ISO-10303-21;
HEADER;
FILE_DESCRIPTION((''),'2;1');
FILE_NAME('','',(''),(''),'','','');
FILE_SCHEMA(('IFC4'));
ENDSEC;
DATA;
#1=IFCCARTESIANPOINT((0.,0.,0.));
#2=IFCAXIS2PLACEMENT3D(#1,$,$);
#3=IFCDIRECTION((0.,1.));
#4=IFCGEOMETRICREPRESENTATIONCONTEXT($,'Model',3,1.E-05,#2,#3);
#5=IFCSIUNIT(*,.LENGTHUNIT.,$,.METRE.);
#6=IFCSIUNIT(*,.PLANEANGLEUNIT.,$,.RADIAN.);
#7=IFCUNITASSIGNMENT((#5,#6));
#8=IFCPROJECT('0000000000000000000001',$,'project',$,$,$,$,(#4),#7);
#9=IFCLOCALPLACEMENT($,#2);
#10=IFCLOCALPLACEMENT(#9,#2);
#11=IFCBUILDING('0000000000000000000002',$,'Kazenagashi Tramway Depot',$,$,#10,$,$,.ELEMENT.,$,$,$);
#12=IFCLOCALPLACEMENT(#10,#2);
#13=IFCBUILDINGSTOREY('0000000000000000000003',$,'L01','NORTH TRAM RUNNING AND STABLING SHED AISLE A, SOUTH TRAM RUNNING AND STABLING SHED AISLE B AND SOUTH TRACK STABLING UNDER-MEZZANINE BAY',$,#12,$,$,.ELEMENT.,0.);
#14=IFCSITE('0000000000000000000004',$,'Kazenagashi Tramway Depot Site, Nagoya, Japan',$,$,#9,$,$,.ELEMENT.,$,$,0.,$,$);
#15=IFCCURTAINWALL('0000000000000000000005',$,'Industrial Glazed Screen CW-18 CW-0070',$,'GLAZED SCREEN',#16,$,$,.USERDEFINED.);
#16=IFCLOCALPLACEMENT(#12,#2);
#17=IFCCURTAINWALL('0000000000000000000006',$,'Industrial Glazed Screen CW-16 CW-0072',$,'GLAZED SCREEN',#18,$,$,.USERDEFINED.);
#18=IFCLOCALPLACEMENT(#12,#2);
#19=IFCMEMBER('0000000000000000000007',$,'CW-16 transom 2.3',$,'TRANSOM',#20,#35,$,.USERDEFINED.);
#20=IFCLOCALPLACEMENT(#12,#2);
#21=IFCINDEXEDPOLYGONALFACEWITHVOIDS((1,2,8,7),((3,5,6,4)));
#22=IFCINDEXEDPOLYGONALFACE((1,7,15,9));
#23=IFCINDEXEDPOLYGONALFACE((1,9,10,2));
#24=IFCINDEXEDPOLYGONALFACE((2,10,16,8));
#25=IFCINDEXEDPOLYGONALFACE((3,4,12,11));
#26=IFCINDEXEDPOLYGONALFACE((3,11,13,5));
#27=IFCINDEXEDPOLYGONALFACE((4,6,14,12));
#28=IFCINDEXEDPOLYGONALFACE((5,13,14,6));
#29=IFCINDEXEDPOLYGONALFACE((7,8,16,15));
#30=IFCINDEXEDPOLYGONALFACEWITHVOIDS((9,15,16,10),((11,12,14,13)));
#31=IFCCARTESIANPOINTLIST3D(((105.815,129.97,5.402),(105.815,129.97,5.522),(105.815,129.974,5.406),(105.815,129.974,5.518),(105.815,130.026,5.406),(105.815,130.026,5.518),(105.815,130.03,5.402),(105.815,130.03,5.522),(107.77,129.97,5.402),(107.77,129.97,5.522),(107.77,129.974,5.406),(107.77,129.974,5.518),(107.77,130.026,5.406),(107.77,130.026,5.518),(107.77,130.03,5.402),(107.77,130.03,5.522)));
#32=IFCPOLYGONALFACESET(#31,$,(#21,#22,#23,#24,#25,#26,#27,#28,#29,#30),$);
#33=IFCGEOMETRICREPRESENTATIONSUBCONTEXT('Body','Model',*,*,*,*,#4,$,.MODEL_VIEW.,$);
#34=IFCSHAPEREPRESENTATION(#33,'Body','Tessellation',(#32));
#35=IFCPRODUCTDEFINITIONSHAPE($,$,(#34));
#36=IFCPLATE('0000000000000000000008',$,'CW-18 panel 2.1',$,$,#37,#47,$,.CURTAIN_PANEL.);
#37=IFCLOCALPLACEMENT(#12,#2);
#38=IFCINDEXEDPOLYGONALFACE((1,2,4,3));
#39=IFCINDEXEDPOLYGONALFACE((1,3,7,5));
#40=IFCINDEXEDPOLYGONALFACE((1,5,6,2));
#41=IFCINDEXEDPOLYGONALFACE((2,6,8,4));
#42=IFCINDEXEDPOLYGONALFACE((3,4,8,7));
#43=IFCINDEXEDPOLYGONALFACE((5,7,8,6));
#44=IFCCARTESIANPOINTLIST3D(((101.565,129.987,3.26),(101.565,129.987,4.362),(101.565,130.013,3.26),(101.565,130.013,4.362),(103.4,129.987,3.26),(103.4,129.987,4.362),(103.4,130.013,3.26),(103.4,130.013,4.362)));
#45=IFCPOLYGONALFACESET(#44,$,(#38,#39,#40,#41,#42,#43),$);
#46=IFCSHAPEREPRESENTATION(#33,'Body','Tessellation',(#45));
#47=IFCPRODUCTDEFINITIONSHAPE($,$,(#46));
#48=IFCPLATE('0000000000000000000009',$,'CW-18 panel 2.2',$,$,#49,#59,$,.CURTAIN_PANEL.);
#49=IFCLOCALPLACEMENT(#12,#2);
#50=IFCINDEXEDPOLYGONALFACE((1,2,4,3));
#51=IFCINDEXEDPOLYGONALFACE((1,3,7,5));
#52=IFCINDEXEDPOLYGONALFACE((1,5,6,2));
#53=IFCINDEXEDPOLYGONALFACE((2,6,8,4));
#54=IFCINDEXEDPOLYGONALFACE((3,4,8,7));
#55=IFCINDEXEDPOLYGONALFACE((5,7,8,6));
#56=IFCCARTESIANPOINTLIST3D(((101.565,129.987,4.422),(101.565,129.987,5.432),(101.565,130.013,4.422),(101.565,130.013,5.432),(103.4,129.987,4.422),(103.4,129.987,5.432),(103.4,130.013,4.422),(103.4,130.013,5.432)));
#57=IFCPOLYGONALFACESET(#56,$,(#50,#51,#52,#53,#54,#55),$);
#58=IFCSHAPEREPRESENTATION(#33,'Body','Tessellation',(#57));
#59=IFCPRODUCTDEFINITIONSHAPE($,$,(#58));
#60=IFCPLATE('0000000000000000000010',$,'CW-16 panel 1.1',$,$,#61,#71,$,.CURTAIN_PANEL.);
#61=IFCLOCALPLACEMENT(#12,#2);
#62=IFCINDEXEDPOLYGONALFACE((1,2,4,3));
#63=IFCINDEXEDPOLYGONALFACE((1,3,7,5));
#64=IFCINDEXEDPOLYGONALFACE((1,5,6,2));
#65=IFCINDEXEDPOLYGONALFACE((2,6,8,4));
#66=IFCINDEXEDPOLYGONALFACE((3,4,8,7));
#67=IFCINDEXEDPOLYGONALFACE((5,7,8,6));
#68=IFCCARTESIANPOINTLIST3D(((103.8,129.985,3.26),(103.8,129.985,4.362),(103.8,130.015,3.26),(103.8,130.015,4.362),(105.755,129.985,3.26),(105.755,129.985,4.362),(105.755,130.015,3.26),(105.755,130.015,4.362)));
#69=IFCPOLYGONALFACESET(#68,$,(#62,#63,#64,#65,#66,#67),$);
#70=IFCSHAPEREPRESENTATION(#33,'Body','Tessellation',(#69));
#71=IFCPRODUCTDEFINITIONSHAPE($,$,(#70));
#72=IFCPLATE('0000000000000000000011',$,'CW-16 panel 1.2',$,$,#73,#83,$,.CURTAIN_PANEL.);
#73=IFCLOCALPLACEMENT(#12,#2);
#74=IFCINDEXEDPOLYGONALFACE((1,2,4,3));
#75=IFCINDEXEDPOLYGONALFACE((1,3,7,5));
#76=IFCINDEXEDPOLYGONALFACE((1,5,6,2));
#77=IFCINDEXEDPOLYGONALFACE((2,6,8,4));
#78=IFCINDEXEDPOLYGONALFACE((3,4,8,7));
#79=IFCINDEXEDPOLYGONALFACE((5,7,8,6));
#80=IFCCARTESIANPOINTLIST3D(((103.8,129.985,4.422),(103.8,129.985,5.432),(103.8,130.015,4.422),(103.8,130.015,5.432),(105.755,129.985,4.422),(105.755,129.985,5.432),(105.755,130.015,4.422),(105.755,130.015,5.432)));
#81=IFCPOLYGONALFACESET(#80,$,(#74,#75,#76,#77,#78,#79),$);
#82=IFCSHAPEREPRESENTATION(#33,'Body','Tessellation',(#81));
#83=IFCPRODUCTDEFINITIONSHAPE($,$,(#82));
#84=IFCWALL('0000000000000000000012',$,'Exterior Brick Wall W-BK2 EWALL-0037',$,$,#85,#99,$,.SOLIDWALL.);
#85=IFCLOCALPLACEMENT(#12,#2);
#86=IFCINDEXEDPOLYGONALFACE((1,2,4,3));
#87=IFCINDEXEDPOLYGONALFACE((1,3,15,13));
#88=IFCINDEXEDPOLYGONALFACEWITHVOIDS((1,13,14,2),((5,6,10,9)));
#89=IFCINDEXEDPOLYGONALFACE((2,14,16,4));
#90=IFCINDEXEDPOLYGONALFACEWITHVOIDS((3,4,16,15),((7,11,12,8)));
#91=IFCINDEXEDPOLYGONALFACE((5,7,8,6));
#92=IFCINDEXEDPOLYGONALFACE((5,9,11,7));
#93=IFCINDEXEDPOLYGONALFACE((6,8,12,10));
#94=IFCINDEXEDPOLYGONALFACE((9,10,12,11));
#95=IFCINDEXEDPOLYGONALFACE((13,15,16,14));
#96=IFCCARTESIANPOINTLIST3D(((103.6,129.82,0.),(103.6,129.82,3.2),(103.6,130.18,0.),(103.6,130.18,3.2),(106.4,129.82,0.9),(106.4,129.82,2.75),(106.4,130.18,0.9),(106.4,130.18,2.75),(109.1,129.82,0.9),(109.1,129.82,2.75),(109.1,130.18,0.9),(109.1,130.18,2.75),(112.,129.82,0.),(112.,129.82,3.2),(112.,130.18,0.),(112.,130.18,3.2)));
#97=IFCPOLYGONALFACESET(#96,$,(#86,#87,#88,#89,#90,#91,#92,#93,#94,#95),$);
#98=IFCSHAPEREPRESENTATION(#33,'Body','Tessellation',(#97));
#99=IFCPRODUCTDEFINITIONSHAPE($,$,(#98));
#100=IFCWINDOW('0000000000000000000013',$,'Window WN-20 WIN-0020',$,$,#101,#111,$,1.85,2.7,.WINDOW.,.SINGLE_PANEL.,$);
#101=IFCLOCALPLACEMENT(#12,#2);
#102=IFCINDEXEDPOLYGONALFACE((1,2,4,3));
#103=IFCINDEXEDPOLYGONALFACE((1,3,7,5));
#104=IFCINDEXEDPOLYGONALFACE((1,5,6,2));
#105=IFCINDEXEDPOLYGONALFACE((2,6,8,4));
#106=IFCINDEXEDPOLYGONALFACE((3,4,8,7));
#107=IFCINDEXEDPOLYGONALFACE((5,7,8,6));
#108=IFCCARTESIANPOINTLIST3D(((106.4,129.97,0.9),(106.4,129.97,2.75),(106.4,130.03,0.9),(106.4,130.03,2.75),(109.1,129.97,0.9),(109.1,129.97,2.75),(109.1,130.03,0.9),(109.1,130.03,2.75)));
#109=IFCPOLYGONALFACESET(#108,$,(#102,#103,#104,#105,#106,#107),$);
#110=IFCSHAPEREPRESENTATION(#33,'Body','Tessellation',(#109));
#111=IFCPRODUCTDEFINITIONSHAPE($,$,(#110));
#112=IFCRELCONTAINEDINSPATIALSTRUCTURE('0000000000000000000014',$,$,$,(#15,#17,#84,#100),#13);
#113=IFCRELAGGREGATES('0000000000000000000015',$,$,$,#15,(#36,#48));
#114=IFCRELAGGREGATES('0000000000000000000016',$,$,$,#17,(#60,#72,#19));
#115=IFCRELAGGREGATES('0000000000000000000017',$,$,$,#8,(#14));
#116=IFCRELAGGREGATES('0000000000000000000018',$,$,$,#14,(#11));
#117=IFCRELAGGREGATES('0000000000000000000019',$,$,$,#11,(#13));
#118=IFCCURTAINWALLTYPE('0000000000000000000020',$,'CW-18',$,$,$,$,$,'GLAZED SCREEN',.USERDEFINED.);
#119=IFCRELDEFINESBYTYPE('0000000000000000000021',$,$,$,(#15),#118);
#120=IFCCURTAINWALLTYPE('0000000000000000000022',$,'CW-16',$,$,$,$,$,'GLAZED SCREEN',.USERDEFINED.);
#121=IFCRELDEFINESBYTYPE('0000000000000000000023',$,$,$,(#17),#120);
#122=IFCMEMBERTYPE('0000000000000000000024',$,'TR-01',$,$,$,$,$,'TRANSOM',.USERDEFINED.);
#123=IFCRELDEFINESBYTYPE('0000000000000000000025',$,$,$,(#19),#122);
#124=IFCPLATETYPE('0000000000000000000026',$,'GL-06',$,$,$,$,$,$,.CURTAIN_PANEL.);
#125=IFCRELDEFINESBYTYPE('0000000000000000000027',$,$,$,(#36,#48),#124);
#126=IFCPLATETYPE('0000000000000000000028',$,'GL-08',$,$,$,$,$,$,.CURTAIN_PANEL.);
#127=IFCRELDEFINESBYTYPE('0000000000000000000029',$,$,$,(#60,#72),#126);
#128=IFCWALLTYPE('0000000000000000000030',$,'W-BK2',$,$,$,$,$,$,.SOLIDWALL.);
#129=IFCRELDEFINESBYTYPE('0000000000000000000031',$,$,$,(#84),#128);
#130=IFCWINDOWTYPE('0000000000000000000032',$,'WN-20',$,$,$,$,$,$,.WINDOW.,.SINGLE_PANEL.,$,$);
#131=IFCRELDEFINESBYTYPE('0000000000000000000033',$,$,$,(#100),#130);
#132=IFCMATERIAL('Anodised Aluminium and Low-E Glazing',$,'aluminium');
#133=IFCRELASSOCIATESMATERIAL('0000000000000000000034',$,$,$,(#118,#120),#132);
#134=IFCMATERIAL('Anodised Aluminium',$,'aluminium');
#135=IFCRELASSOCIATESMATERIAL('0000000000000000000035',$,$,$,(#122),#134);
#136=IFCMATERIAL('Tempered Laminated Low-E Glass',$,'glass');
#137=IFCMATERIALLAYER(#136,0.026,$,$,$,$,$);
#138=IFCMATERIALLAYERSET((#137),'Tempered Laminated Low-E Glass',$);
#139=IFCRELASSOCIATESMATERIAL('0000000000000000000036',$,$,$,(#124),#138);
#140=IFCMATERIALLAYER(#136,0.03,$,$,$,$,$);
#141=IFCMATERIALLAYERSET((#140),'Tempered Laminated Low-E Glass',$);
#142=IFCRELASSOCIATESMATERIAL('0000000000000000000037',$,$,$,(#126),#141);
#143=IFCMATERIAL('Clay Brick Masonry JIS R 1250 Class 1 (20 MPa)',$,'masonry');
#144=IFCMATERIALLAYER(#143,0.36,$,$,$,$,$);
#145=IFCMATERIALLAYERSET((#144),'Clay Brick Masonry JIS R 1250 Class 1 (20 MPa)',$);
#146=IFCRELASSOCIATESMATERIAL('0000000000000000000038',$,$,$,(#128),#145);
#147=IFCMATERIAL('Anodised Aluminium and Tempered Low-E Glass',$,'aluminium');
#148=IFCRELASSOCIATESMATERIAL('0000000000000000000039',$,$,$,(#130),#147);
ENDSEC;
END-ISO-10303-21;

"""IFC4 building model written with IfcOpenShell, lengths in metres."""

from ifc_helpers import new_model, si_unit, direction, frame, frame_2d, origin, origin_2d, place, context, subcontext, project, spatial, rectangle, hollow_rectangle, extrude, material, layer, layer_set, material_profile, profile_set, type_object, element, fill, aggregate, save


model = new_model("IFC4")

# Units and contexts
model_context = context("Model", 3, precision=1e-05, world=origin(), true_north=direction((0.0, 1.0)))
body_context = subcontext(model_context, "Body", "Model", "MODEL_VIEW")
ifc_project = project(units=[si_unit("LENGTHUNIT", "METRE"), si_unit("PLANEANGLEUNIT", "RADIAN")], contexts=[model_context])

# Site, building, storey
site_placement = place(None, origin())
site = spatial("IfcSite", under=ifc_project, at=site_placement, Name="Kazenagashi Tramway Depot Site, Nagoya, Japan", CompositionType="ELEMENT", RefElevation=0.0)
building_placement = place(site_placement, origin())
building = spatial("IfcBuilding", under=site, at=building_placement, Name="Kazenagashi Tramway Depot", CompositionType="ELEMENT")
storey_placement = place(building_placement, origin())
storey = spatial("IfcBuildingStorey", under=building, at=storey_placement, Name="L01", Description="NORTH TRAM RUNNING AND STABLING SHED AISLE A, SOUTH TRAM RUNNING AND STABLING SHED AISLE B AND SOUTH TRACK STABLING UNDER-MEZZANINE BAY", CompositionType="ELEMENT", Elevation=0.0)

# Curtain wall
ifc_material_1 = material(Name="Anodised Aluminium and Low-E Glazing", Category="aluminium")
curtain_wall_type_1 = type_object("IfcCurtainWallType", Name="CW-18", ElementType="GLAZED SCREEN", PredefinedType="USERDEFINED", material=ifc_material_1)
curtain_wall_1_placement = place(storey_placement, origin())
curtain_wall_1 = element("IfcCurtainWall", 1, at=curtain_wall_1_placement, inside=storey, type_object=curtain_wall_type_1, Name="Industrial Glazed Screen CW-18 CW-0070", ObjectType="GLAZED SCREEN", PredefinedType="USERDEFINED")
ifc_material_2 = material(Name="Anodised Aluminium", Category="aluminium")

# Curtain wall, member
curtain_wall_type_2 = type_object("IfcCurtainWallType", Name="CW-16", ElementType="GLAZED SCREEN", PredefinedType="USERDEFINED", material=ifc_material_1)
curtain_wall_2_placement = place(storey_placement, origin())
curtain_wall_2 = element("IfcCurtainWall", 2, at=curtain_wall_2_placement, inside=storey, type_object=curtain_wall_type_2, Name="Industrial Glazed Screen CW-16 CW-0072", ObjectType="GLAZED SCREEN", PredefinedType="USERDEFINED")
ifc_material_profile_1 = material_profile(ifc_material_2, hollow_rectangle(XDim=0.06, YDim=0.12, WallThickness=0.004, at=origin_2d()), Name="RHS-120x60x4")
ifc_profile_set_1 = profile_set([ifc_material_profile_1], Name="Anodised Aluminium")
member_type_1 = type_object("IfcMemberType", Name="TR-01", ElementType="TRANSOM", PredefinedType="USERDEFINED", material=ifc_profile_set_1)
member_1_placement = place(storey_placement, frame((105.815, 130.0, 5.462), z_axis=(1.0, 0.0, 0.0), x_axis=(0.0, 1.0, 0.0)))
member_1 = element("IfcMember", 3, at=member_1_placement, type_object=member_type_1, Name="CW-16 transom 2.3", ObjectType="TRANSOM", PredefinedType="USERDEFINED", context=body_context, shape_type="SweptSolid", body=[
    extrude(hollow_rectangle(XDim=0.06, YDim=0.12, WallThickness=0.004, at=origin_2d()), origin(), (0.0, 0.0, 1.0), 1.955),
])

# Plates
ifc_material_3 = material(Name="Tempered Laminated Low-E Glass", Category="glass")
ifc_layer_1 = layer(ifc_material_3, 0.026)
ifc_layer_set_1 = layer_set([ifc_layer_1], Name="Tempered Laminated Low-E Glass")
plate_type_1 = type_object("IfcPlateType", Name="GL-06", PredefinedType="CURTAIN_PANEL", material=ifc_layer_set_1)
plate_1_placement = place(storey_placement, frame((102.4825, 130.0, 3.26), z_axis=(0.0, 0.0, 1.0), x_axis=(1.0, 0.0, 0.0)))
plate_1 = element("IfcPlate", 4, at=plate_1_placement, type_object=plate_type_1, Name="CW-18 panel 2.1", PredefinedType="CURTAIN_PANEL", context=body_context, shape_type="SweptSolid", body=[
    extrude(rectangle(XDim=1.835, YDim=0.026, at=origin_2d()), origin(), (0.0, 0.0, 1.0), 1.102),
])
plate_2_placement = place(storey_placement, frame((102.4825, 130.0, 4.422), z_axis=(0.0, 0.0, 1.0), x_axis=(1.0, 0.0, 0.0)))
plate_2 = element("IfcPlate", 5, at=plate_2_placement, type_object=plate_type_1, Name="CW-18 panel 2.2", PredefinedType="CURTAIN_PANEL", context=body_context, shape_type="SweptSolid", body=[
    extrude(rectangle(XDim=1.835, YDim=0.026, at=origin_2d()), origin(), (0.0, 0.0, 1.0), 1.01),
])
aggregate(curtain_wall_1, [plate_1, plate_2])
ifc_layer_2 = layer(ifc_material_3, 0.03)
ifc_layer_set_2 = layer_set([ifc_layer_2], Name="Tempered Laminated Low-E Glass")
plate_type_2 = type_object("IfcPlateType", Name="GL-08", PredefinedType="CURTAIN_PANEL", material=ifc_layer_set_2)
plate_3_placement = place(storey_placement, frame((104.7775, 130.0, 3.26), z_axis=(0.0, 0.0, 1.0), x_axis=(1.0, 0.0, 0.0)))
plate_3 = element("IfcPlate", 6, at=plate_3_placement, type_object=plate_type_2, Name="CW-16 panel 1.1", PredefinedType="CURTAIN_PANEL", context=body_context, shape_type="SweptSolid", body=[
    extrude(rectangle(XDim=1.955, YDim=0.03, at=origin_2d()), origin(), (0.0, 0.0, 1.0), 1.102),
])
plate_4_placement = place(storey_placement, frame((104.7775, 130.0, 4.422), z_axis=(0.0, 0.0, 1.0), x_axis=(1.0, 0.0, 0.0)))
plate_4 = element("IfcPlate", 7, at=plate_4_placement, type_object=plate_type_2, Name="CW-16 panel 1.2", PredefinedType="CURTAIN_PANEL", context=body_context, shape_type="SweptSolid", body=[
    extrude(rectangle(XDim=1.955, YDim=0.03, at=origin_2d()), origin(), (0.0, 0.0, 1.0), 1.01),
])
aggregate(curtain_wall_2, [plate_3, plate_4, member_1])

# Wall, opening, window
ifc_material_4 = material(Name="Clay Brick Masonry JIS R 1250 Class 1 (20 MPa)", Category="masonry")
ifc_layer_3 = layer(ifc_material_4, 0.36)
ifc_layer_set_3 = layer_set([ifc_layer_3], Name="Clay Brick Masonry JIS R 1250 Class 1 (20 MPa)")
wall_type = type_object("IfcWallType", Name="W-BK2", PredefinedType="SOLIDWALL", material=ifc_layer_set_3)
wall_placement = place(storey_placement, frame((103.6, 130.0, 0.0), z_axis=(0.0, 0.0, 1.0), x_axis=(1.0, 0.0, 0.0)))
wall = element("IfcWall", 8, at=wall_placement, inside=storey, type_object=wall_type, Name="Exterior Brick Wall W-BK2 EWALL-0037", PredefinedType="SOLIDWALL", context=body_context, shape_type="SweptSolid", body=[
    extrude(rectangle(XDim=8.4, YDim=0.36, at=frame_2d((4.2, 0.0))), origin(), (0.0, 0.0, 1.0), 3.2),
])
opening_placement = place(wall_placement, frame((2.8, 0.0, 0.9)))
opening = element("IfcOpeningElement", 9, at=opening_placement, cuts=wall, PredefinedType="OPENING", context=body_context, shape_type="SweptSolid", body=[
    extrude(rectangle(XDim=2.7, YDim=1.85, at=frame_2d((1.35, 0.925))), frame((0.0, 0.19, 0.0), z_axis=(0.0, -1.0, 0.0), x_axis=(1.0, 0.0, 0.0)), (0.0, 0.0, 1.0), 0.38),
])
ifc_material_5 = material(Name="Anodised Aluminium and Tempered Low-E Glass", Category="aluminium")
window_type = type_object("IfcWindowType", Name="WN-20", PartitioningType="SINGLE_PANEL", PredefinedType="WINDOW", material=ifc_material_5)
window_placement = place(opening_placement, origin())
window = element("IfcWindow", 10, at=window_placement, inside=storey, type_object=window_type, Name="Window WN-20 WIN-0020", OverallHeight=1.85, OverallWidth=2.7, PartitioningType="SINGLE_PANEL", PredefinedType="WINDOW", context=body_context, shape_type="SweptSolid", body=[
    extrude(rectangle(XDim=2.7, YDim=1.85, at=frame_2d((1.35, 0.925))), frame((0.0, 0.03, 0.0), z_axis=(0.0, -1.0, 0.0), x_axis=(1.0, 0.0, 0.0)), (0.0, 0.0, 1.0), 0.06),
])
fill(opening, window)

save(model, "model.ifc")
